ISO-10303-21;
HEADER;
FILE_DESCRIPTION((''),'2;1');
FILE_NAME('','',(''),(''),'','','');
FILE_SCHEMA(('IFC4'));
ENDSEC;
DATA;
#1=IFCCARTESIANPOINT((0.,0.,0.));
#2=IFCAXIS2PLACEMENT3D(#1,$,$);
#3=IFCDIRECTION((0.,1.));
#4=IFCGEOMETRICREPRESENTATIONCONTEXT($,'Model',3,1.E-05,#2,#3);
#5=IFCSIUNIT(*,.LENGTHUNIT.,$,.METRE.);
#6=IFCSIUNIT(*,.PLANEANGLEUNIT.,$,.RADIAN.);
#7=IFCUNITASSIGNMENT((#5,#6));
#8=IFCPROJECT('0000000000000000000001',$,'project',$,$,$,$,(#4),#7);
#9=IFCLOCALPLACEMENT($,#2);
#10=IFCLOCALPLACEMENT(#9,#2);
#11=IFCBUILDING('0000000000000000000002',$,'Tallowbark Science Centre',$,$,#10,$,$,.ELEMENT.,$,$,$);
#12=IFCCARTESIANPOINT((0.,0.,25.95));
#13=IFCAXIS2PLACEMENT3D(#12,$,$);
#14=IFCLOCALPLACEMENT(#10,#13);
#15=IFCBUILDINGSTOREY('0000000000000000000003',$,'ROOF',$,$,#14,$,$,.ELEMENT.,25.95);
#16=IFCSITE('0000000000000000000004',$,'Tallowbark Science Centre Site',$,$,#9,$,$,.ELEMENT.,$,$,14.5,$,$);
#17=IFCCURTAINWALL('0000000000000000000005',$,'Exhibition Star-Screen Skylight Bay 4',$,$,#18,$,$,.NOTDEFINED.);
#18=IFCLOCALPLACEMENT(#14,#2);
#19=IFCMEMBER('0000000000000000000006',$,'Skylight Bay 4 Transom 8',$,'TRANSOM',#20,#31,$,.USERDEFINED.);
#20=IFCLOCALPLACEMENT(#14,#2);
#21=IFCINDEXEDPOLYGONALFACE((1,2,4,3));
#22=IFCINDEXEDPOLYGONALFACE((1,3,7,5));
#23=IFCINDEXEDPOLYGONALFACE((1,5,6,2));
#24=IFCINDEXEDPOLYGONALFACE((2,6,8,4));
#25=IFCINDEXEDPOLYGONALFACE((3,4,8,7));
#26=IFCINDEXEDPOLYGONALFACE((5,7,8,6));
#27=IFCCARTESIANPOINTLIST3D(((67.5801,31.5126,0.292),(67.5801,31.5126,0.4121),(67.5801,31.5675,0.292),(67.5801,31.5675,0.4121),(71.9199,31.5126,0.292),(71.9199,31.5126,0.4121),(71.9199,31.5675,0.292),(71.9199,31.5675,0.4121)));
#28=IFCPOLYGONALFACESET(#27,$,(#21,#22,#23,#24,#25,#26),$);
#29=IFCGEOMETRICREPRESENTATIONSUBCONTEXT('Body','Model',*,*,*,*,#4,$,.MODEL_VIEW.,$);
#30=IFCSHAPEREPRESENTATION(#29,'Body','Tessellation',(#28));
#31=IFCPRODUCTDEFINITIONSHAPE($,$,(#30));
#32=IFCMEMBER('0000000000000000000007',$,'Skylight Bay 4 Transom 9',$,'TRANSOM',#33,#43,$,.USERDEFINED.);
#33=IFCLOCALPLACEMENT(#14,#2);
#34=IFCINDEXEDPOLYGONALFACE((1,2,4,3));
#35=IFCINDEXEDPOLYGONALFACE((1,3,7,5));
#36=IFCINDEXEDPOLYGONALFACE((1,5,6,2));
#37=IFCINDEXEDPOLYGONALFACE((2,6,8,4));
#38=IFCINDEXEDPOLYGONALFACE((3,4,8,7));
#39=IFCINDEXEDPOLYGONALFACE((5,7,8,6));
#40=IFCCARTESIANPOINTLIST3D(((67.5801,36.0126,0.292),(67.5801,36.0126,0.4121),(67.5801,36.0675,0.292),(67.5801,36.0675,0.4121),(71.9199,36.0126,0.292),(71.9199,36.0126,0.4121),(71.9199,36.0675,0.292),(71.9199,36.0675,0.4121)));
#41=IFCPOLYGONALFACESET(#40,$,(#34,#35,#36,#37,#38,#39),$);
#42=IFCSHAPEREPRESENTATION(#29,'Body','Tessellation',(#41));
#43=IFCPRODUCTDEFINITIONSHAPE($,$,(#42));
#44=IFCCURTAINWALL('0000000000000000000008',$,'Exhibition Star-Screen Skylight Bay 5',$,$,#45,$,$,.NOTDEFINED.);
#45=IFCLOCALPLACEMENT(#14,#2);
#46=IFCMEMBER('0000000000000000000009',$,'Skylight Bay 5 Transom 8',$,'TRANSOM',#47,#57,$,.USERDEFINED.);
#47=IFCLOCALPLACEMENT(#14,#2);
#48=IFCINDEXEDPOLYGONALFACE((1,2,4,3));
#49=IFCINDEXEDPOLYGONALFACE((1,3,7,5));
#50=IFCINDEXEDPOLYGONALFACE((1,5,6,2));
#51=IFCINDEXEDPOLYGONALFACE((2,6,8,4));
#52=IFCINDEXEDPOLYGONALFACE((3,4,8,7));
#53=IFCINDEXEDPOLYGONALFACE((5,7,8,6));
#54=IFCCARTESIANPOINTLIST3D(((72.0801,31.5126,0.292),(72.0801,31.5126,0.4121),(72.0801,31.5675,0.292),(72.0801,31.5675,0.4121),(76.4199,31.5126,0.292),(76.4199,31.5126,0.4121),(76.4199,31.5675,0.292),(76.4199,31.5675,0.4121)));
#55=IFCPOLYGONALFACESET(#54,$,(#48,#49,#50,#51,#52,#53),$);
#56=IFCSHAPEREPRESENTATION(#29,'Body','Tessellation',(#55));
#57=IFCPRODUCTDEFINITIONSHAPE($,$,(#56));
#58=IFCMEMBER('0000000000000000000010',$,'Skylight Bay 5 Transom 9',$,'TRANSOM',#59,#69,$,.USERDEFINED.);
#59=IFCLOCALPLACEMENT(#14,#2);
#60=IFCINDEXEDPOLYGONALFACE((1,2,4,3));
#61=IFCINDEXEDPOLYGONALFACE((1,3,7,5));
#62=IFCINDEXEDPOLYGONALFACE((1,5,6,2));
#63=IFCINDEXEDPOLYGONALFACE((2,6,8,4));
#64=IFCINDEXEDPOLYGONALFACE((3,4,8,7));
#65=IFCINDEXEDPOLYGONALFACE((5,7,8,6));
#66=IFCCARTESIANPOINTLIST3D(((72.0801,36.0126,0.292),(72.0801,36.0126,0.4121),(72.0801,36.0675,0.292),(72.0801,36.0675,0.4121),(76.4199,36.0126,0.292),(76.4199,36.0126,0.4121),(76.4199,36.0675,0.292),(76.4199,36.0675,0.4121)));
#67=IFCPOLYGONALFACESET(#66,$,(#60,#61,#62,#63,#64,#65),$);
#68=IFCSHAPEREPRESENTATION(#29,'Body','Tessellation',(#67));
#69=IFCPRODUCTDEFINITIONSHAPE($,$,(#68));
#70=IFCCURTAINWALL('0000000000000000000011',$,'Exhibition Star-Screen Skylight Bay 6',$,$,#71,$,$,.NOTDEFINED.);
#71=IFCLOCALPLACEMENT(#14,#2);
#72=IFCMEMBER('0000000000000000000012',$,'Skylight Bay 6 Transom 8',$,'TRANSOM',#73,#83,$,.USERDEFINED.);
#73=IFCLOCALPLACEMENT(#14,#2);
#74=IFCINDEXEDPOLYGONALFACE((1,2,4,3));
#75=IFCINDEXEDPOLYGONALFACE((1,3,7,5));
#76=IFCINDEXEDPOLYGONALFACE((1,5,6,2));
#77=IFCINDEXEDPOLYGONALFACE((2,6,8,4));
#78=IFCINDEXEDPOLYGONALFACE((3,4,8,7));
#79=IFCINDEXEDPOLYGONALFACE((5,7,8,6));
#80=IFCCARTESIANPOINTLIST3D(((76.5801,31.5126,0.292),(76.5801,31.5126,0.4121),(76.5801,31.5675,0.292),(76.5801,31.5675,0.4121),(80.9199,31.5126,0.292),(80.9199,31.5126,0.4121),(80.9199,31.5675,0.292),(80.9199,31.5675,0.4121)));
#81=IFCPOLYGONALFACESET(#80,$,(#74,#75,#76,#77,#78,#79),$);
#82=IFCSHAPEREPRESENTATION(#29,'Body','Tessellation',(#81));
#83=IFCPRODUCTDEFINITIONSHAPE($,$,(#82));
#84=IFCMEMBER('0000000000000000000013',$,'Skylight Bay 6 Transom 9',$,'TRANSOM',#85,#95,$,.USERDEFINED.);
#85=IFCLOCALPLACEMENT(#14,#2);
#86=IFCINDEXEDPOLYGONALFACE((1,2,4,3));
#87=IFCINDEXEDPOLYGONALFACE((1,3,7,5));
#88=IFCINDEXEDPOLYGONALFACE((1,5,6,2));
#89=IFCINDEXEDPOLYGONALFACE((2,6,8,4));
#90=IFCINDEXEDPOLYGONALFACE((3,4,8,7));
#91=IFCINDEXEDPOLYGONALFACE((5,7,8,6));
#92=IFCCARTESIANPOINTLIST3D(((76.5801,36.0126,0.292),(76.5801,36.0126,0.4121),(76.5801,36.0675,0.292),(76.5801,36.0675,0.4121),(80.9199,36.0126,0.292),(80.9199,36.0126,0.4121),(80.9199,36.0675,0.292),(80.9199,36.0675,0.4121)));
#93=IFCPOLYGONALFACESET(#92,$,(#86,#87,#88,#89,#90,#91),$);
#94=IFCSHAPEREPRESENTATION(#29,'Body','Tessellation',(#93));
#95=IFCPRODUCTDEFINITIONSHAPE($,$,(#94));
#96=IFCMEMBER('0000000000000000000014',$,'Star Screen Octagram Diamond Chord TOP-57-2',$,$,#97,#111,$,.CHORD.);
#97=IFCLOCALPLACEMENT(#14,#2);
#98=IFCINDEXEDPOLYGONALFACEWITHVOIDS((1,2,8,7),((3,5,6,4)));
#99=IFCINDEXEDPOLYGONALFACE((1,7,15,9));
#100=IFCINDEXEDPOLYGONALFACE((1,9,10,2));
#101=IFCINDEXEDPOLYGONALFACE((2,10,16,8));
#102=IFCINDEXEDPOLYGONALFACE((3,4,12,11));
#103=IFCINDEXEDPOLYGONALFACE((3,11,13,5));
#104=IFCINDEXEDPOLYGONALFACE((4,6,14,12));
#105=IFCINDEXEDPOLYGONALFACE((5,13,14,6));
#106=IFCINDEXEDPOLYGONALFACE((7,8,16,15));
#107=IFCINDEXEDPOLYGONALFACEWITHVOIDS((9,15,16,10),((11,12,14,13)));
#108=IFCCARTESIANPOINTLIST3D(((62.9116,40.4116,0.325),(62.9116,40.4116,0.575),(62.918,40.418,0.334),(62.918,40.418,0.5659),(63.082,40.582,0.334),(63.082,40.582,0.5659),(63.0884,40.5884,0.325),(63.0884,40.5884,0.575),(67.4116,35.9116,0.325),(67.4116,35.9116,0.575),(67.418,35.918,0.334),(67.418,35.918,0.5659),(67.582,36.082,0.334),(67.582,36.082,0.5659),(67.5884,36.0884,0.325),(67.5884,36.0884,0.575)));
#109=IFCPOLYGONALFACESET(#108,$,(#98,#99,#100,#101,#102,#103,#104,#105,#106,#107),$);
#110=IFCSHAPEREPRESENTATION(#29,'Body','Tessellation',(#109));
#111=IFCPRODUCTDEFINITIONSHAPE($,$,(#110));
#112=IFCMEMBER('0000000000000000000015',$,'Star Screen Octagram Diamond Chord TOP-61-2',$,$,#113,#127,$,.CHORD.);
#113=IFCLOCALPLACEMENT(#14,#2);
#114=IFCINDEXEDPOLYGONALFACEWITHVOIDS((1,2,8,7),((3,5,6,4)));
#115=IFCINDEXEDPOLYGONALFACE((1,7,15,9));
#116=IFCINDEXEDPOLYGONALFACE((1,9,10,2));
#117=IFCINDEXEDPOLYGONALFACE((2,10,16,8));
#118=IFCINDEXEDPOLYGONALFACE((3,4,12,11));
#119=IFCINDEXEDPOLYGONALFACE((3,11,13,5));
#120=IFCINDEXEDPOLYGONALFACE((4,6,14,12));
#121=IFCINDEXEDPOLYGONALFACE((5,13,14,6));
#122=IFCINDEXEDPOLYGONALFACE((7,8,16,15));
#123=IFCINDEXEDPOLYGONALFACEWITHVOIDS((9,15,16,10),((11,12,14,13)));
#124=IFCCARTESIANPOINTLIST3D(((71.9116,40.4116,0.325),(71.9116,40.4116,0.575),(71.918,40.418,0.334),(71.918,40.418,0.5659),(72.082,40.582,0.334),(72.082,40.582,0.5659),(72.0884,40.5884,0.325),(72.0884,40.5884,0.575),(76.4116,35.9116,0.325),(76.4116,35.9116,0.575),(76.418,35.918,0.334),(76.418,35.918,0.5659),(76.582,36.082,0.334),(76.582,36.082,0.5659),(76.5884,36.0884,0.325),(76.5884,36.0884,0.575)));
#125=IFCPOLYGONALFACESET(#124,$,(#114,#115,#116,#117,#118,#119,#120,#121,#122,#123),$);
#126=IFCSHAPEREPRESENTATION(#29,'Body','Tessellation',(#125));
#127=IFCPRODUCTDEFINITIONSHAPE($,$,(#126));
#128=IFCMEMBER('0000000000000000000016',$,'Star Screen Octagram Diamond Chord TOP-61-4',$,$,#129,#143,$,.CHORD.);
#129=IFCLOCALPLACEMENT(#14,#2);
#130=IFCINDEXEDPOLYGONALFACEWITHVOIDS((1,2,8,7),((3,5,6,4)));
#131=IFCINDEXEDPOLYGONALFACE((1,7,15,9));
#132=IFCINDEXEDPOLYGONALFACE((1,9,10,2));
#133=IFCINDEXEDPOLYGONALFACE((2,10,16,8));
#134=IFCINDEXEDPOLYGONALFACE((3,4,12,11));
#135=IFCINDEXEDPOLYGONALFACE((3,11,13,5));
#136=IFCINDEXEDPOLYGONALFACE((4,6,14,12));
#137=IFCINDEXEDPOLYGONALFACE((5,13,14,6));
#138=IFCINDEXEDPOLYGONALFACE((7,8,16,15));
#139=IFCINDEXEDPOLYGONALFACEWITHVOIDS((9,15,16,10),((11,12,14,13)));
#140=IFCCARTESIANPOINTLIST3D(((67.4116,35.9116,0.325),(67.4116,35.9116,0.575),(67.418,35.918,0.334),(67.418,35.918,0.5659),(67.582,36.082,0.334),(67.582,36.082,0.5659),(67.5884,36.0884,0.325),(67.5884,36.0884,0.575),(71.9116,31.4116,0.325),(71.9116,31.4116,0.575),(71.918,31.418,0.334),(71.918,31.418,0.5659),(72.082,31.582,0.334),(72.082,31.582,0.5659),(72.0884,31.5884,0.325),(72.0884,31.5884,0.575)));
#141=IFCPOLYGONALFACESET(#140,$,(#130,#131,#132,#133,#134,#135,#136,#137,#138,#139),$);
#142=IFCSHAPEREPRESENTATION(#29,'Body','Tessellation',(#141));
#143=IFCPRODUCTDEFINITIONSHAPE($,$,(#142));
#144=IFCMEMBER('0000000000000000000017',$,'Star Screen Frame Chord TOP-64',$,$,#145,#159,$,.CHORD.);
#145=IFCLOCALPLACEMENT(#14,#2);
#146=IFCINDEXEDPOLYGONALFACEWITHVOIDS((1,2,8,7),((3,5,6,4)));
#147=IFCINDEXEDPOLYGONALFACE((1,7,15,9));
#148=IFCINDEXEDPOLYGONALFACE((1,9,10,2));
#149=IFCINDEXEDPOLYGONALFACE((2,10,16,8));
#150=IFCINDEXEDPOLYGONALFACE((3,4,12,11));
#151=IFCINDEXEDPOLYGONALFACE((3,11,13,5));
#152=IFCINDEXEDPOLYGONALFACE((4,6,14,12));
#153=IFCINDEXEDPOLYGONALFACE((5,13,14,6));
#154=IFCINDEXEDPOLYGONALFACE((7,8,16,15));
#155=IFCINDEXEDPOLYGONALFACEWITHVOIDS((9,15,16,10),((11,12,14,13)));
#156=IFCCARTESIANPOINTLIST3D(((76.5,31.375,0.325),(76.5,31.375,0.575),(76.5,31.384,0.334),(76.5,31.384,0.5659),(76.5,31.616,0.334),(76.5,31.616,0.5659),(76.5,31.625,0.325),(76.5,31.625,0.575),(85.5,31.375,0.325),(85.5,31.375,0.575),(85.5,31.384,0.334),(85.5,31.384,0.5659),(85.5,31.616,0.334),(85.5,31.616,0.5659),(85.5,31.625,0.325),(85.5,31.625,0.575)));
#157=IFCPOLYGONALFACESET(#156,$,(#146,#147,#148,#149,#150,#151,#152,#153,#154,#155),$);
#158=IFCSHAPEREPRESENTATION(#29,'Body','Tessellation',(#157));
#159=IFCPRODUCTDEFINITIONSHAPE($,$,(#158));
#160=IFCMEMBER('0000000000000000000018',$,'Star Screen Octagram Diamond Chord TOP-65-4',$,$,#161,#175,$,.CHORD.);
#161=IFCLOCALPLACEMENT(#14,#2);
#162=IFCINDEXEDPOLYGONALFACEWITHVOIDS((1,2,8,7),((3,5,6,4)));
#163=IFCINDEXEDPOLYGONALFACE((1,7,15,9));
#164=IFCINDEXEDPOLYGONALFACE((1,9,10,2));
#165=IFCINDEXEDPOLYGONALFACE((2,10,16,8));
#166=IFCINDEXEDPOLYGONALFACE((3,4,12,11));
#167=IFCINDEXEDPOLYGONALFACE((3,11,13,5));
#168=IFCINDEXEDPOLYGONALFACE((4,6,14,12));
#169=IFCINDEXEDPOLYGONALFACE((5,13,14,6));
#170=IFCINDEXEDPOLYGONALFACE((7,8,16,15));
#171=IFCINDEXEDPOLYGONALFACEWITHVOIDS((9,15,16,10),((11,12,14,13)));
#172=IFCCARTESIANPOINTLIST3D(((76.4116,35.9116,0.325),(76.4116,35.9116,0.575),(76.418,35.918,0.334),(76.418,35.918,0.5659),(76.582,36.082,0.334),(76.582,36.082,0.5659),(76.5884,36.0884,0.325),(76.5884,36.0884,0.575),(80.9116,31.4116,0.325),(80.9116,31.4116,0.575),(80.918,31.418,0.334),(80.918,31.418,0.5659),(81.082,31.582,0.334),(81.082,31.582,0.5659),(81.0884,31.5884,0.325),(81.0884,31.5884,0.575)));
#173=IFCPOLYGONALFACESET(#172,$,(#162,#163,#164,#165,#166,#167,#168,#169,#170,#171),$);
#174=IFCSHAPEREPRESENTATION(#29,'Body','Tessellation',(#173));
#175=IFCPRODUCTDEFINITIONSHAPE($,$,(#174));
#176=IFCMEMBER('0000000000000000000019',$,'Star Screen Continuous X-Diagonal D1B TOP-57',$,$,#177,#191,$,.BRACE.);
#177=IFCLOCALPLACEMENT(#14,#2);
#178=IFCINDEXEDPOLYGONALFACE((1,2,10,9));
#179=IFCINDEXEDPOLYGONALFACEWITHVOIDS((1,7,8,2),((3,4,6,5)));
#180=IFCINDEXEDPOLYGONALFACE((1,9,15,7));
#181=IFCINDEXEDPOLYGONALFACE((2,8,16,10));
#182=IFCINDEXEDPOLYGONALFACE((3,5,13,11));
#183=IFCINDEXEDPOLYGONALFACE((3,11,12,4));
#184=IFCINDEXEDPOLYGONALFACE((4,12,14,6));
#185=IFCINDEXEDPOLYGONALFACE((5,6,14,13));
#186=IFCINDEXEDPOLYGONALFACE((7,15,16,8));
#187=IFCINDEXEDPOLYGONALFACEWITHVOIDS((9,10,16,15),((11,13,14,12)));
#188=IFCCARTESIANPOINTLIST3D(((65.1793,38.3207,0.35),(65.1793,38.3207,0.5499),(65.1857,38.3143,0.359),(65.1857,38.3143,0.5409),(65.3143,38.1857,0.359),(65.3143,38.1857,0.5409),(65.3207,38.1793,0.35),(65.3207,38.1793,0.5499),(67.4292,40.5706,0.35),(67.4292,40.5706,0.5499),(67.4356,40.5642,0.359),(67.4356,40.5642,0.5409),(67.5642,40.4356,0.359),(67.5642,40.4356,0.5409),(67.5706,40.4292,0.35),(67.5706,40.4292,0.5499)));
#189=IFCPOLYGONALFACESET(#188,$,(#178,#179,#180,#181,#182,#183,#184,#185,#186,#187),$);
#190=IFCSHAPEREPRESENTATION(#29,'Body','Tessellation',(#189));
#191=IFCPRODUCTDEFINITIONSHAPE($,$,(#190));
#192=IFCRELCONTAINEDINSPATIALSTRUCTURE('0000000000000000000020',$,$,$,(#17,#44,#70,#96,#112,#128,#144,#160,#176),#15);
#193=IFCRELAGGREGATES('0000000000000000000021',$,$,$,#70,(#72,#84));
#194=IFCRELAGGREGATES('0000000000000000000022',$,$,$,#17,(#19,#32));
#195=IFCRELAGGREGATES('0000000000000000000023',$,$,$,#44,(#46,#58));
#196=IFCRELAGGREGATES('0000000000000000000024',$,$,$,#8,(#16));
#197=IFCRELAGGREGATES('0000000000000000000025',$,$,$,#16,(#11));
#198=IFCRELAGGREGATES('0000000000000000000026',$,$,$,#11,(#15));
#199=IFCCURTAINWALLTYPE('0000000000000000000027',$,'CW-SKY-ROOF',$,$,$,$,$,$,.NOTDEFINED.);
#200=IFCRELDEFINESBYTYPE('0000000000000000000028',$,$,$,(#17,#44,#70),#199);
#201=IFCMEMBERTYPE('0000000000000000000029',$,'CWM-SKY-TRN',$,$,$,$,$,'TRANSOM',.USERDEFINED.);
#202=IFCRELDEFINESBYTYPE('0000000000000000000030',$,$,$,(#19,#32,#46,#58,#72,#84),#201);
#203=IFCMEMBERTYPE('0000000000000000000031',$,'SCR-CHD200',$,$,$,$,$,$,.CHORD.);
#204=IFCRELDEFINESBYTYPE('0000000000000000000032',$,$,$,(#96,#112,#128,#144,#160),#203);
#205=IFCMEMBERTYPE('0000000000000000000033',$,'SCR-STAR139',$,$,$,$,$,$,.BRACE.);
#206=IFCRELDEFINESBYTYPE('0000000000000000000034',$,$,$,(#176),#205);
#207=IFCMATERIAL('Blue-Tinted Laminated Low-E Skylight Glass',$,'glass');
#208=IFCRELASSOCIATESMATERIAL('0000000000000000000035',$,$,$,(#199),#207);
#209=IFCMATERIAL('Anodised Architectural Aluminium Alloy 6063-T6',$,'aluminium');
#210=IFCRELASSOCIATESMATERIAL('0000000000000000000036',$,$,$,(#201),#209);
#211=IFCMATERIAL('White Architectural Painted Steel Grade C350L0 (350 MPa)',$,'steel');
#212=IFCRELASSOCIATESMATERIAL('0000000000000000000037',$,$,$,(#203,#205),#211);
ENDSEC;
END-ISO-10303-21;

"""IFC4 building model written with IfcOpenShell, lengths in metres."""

from ifc_helpers import new_model, si_unit, direction, frame, origin, origin_2d, place, context, subcontext, project, spatial, rectangle, hollow_rectangle, extrude, material, material_profile, profile_set, type_object, element, aggregate, save


model = new_model("IFC4")

# Units and contexts
model_context = context("Model", 3, precision=1e-05, world=origin(), true_north=direction((0.0, 1.0)))
body_context = subcontext(model_context, "Body", "Model", "MODEL_VIEW")
ifc_project = project(units=[si_unit("LENGTHUNIT", "METRE"), si_unit("PLANEANGLEUNIT", "RADIAN")], contexts=[model_context])

# Site, building, storey
site_placement = place(None, origin())
site = spatial("IfcSite", under=ifc_project, at=site_placement, Name="Tallowbark Science Centre Site", CompositionType="ELEMENT", RefElevation=14.5)
building_placement = place(site_placement, origin())
building = spatial("IfcBuilding", under=site, at=building_placement, Name="Tallowbark Science Centre", CompositionType="ELEMENT")
storey_placement = place(building_placement, frame((0.0, 0.0, 25.95)))
storey = spatial("IfcBuildingStorey", under=building, at=storey_placement, Name="ROOF", CompositionType="ELEMENT", Elevation=25.95)

# Curtain walls, members
ifc_material_1 = material(Name="Blue-Tinted Laminated Low-E Skylight Glass", Category="glass")
curtain_wall_type = type_object("IfcCurtainWallType", Name="CW-SKY-ROOF", PredefinedType="NOTDEFINED", material=ifc_material_1)
curtain_wall_1_placement = place(storey_placement, origin())
curtain_wall_1 = element("IfcCurtainWall", 1, at=curtain_wall_1_placement, inside=storey, type_object=curtain_wall_type, Name="Exhibition Star-Screen Skylight Bay 4", PredefinedType="NOTDEFINED")
ifc_material_2 = material(Name="Anodised Architectural Aluminium Alloy 6063-T6", Category="aluminium")
ifc_material_profile_1 = material_profile(ifc_material_2, rectangle(XDim=0.0549, YDim=0.1201, at=origin_2d()), Name="ALU55x120")
ifc_profile_set_1 = profile_set([ifc_material_profile_1], Name="Anodised Architectural Aluminium Alloy 6063-T6")
member_type_1 = type_object("IfcMemberType", Name="CWM-SKY-TRN", ElementType="TRANSOM", PredefinedType="USERDEFINED", material=ifc_profile_set_1)
member_1_placement = place(storey_placement, frame((67.5801, 31.54, 0.3521), z_axis=(1.0, 0.0, 0.0), x_axis=(0.0, 1.0, 0.0)))
member_1 = element("IfcMember", 2, at=member_1_placement, type_object=member_type_1, Name="Skylight Bay 4 Transom 8", ObjectType="TRANSOM", PredefinedType="USERDEFINED", context=body_context, shape_type="SweptSolid", body=[
    extrude(rectangle(XDim=0.0549, YDim=0.1201, at=origin_2d()), origin(), (0.0, 0.0, 1.0), 4.3398),
])
member_2_placement = place(storey_placement, frame((67.5801, 36.04, 0.3521), z_axis=(1.0, 0.0, 0.0), x_axis=(0.0, 1.0, 0.0)))
member_2 = element("IfcMember", 3, at=member_2_placement, type_object=member_type_1, Name="Skylight Bay 4 Transom 9", ObjectType="TRANSOM", PredefinedType="USERDEFINED", context=body_context, shape_type="SweptSolid", body=[
    extrude(rectangle(XDim=0.0549, YDim=0.1201, at=origin_2d()), origin(), (0.0, 0.0, 1.0), 4.3398),
])
curtain_wall_2_placement = place(storey_placement, origin())
curtain_wall_2 = element("IfcCurtainWall", 4, at=curtain_wall_2_placement, inside=storey, type_object=curtain_wall_type, Name="Exhibition Star-Screen Skylight Bay 5", PredefinedType="NOTDEFINED")
member_3_placement = place(storey_placement, frame((72.0801, 31.54, 0.3521), z_axis=(1.0, 0.0, 0.0), x_axis=(0.0, 1.0, 0.0)))
member_3 = element("IfcMember", 5, at=member_3_placement, type_object=member_type_1, Name="Skylight Bay 5 Transom 8", ObjectType="TRANSOM", PredefinedType="USERDEFINED", context=body_context, shape_type="SweptSolid", body=[
    extrude(rectangle(XDim=0.0549, YDim=0.1201, at=origin_2d()), origin(), (0.0, 0.0, 1.0), 4.3398),
])
member_4_placement = place(storey_placement, frame((72.0801, 36.04, 0.3521), z_axis=(1.0, 0.0, 0.0), x_axis=(0.0, 1.0, 0.0)))
member_4 = element("IfcMember", 6, at=member_4_placement, type_object=member_type_1, Name="Skylight Bay 5 Transom 9", ObjectType="TRANSOM", PredefinedType="USERDEFINED", context=body_context, shape_type="SweptSolid", body=[
    extrude(rectangle(XDim=0.0549, YDim=0.1201, at=origin_2d()), origin(), (0.0, 0.0, 1.0), 4.3398),
])
curtain_wall_3_placement = place(storey_placement, origin())
curtain_wall_3 = element("IfcCurtainWall", 7, at=curtain_wall_3_placement, inside=storey, type_object=curtain_wall_type, Name="Exhibition Star-Screen Skylight Bay 6", PredefinedType="NOTDEFINED")
member_5_placement = place(storey_placement, frame((76.5801, 31.54, 0.3521), z_axis=(1.0, 0.0, 0.0), x_axis=(0.0, 1.0, 0.0)))
member_5 = element("IfcMember", 8, at=member_5_placement, type_object=member_type_1, Name="Skylight Bay 6 Transom 8", ObjectType="TRANSOM", PredefinedType="USERDEFINED", context=body_context, shape_type="SweptSolid", body=[
    extrude(rectangle(XDim=0.0549, YDim=0.1201, at=origin_2d()), origin(), (0.0, 0.0, 1.0), 4.3398),
])
member_6_placement = place(storey_placement, frame((76.5801, 36.04, 0.3521), z_axis=(1.0, 0.0, 0.0), x_axis=(0.0, 1.0, 0.0)))
member_6 = element("IfcMember", 9, at=member_6_placement, type_object=member_type_1, Name="Skylight Bay 6 Transom 9", ObjectType="TRANSOM", PredefinedType="USERDEFINED", context=body_context, shape_type="SweptSolid", body=[
    extrude(rectangle(XDim=0.0549, YDim=0.1201, at=origin_2d()), origin(), (0.0, 0.0, 1.0), 4.3398),
])
aggregate(curtain_wall_3, [member_5, member_6])

# Members
ifc_material_3 = material(Name="White Architectural Painted Steel Grade C350L0 (350 MPa)", Category="steel")
ifc_material_profile_2 = material_profile(ifc_material_3, hollow_rectangle(XDim=0.25, YDim=0.25, WallThickness=0.009, at=origin_2d()), Name="250x250x9.0SHS")
ifc_profile_set_2 = profile_set([ifc_material_profile_2], Name="White Architectural Painted Steel Grade C350L0 (350 MPa)")
member_type_2 = type_object("IfcMemberType", Name="SCR-CHD200", PredefinedType="CHORD", material=ifc_profile_set_2)
for number, where, z_axis, x_axis, name in (
    (10, (67.5, 36.0, 0.45), (-0.707107, 0.707107, 0.0), (-0.707107, -0.707107, 0.0), "Star Screen Octagram Diamond Chord TOP-57-2"),
    (11, (76.5, 36.0, 0.45), (-0.707107, 0.707107, 0.0), (-0.707107, -0.707107, 0.0), "Star Screen Octagram Diamond Chord TOP-61-2"),
    (12, (67.5, 36.0, 0.45), (0.707107, -0.707107, 0.0), (0.707107, 0.707107, 0.0), "Star Screen Octagram Diamond Chord TOP-61-4"),
):
    element("IfcMember", number, at=place(storey_placement, frame(where, z_axis=z_axis, x_axis=x_axis)), inside=storey, type_object=member_type_2, Name=name, PredefinedType="CHORD", context=body_context, shape_type="SweptSolid", body=[
        extrude(hollow_rectangle(XDim=0.25, YDim=0.25, WallThickness=0.009, at=origin_2d()), origin(), (0.0, 0.0, 1.0), 6.364),
    ])
member_7_placement = place(storey_placement, frame((76.5, 31.5, 0.45), z_axis=(1.0, 0.0, 0.0), x_axis=(0.0, 1.0, 0.0)))
element("IfcMember", 13, at=member_7_placement, inside=storey, type_object=member_type_2, Name="Star Screen Frame Chord TOP-64", PredefinedType="CHORD", context=body_context, shape_type="SweptSolid", body=[
    extrude(hollow_rectangle(XDim=0.25, YDim=0.25, WallThickness=0.009, at=origin_2d()), origin(), (0.0, 0.0, 1.0), 9.0),
])
member_8_placement = place(storey_placement, frame((76.5, 36.0, 0.45), z_axis=(0.707107, -0.707107, 0.0), x_axis=(0.707107, 0.707107, 0.0)))
element("IfcMember", 14, at=member_8_placement, inside=storey, type_object=member_type_2, Name="Star Screen Octagram Diamond Chord TOP-65-4", PredefinedType="CHORD", context=body_context, shape_type="SweptSolid", body=[
    extrude(hollow_rectangle(XDim=0.25, YDim=0.25, WallThickness=0.009, at=origin_2d()), origin(), (0.0, 0.0, 1.0), 6.364),
])
ifc_material_profile_3 = material_profile(ifc_material_3, hollow_rectangle(XDim=0.2, YDim=0.2, WallThickness=0.009, at=origin_2d()), Name="200x200x9.0SHS")
ifc_profile_set_3 = profile_set([ifc_material_profile_3], Name="White Architectural Painted Steel Grade C350L0 (350 MPa)")
member_type_3 = type_object("IfcMemberType", Name="SCR-STAR139", PredefinedType="BRACE", material=ifc_profile_set_3)
member_9_placement = place(storey_placement, frame((65.25, 38.25, 0.45), z_axis=(0.707107, 0.707107, 0.0), x_axis=(-0.707107, 0.707107, 0.0)))
element("IfcMember", 15, at=member_9_placement, inside=storey, type_object=member_type_3, Name="Star Screen Continuous X-Diagonal D1B TOP-57", PredefinedType="BRACE", context=body_context, shape_type="SweptSolid", body=[
    extrude(hollow_rectangle(XDim=0.2, YDim=0.2, WallThickness=0.009, at=origin_2d()), origin(), (0.0, 0.0, 1.0), 3.1819),
])

aggregate(curtain_wall_1, [member_1, member_2])
aggregate(curtain_wall_2, [member_3, member_4])

save(model, "model.ifc")
